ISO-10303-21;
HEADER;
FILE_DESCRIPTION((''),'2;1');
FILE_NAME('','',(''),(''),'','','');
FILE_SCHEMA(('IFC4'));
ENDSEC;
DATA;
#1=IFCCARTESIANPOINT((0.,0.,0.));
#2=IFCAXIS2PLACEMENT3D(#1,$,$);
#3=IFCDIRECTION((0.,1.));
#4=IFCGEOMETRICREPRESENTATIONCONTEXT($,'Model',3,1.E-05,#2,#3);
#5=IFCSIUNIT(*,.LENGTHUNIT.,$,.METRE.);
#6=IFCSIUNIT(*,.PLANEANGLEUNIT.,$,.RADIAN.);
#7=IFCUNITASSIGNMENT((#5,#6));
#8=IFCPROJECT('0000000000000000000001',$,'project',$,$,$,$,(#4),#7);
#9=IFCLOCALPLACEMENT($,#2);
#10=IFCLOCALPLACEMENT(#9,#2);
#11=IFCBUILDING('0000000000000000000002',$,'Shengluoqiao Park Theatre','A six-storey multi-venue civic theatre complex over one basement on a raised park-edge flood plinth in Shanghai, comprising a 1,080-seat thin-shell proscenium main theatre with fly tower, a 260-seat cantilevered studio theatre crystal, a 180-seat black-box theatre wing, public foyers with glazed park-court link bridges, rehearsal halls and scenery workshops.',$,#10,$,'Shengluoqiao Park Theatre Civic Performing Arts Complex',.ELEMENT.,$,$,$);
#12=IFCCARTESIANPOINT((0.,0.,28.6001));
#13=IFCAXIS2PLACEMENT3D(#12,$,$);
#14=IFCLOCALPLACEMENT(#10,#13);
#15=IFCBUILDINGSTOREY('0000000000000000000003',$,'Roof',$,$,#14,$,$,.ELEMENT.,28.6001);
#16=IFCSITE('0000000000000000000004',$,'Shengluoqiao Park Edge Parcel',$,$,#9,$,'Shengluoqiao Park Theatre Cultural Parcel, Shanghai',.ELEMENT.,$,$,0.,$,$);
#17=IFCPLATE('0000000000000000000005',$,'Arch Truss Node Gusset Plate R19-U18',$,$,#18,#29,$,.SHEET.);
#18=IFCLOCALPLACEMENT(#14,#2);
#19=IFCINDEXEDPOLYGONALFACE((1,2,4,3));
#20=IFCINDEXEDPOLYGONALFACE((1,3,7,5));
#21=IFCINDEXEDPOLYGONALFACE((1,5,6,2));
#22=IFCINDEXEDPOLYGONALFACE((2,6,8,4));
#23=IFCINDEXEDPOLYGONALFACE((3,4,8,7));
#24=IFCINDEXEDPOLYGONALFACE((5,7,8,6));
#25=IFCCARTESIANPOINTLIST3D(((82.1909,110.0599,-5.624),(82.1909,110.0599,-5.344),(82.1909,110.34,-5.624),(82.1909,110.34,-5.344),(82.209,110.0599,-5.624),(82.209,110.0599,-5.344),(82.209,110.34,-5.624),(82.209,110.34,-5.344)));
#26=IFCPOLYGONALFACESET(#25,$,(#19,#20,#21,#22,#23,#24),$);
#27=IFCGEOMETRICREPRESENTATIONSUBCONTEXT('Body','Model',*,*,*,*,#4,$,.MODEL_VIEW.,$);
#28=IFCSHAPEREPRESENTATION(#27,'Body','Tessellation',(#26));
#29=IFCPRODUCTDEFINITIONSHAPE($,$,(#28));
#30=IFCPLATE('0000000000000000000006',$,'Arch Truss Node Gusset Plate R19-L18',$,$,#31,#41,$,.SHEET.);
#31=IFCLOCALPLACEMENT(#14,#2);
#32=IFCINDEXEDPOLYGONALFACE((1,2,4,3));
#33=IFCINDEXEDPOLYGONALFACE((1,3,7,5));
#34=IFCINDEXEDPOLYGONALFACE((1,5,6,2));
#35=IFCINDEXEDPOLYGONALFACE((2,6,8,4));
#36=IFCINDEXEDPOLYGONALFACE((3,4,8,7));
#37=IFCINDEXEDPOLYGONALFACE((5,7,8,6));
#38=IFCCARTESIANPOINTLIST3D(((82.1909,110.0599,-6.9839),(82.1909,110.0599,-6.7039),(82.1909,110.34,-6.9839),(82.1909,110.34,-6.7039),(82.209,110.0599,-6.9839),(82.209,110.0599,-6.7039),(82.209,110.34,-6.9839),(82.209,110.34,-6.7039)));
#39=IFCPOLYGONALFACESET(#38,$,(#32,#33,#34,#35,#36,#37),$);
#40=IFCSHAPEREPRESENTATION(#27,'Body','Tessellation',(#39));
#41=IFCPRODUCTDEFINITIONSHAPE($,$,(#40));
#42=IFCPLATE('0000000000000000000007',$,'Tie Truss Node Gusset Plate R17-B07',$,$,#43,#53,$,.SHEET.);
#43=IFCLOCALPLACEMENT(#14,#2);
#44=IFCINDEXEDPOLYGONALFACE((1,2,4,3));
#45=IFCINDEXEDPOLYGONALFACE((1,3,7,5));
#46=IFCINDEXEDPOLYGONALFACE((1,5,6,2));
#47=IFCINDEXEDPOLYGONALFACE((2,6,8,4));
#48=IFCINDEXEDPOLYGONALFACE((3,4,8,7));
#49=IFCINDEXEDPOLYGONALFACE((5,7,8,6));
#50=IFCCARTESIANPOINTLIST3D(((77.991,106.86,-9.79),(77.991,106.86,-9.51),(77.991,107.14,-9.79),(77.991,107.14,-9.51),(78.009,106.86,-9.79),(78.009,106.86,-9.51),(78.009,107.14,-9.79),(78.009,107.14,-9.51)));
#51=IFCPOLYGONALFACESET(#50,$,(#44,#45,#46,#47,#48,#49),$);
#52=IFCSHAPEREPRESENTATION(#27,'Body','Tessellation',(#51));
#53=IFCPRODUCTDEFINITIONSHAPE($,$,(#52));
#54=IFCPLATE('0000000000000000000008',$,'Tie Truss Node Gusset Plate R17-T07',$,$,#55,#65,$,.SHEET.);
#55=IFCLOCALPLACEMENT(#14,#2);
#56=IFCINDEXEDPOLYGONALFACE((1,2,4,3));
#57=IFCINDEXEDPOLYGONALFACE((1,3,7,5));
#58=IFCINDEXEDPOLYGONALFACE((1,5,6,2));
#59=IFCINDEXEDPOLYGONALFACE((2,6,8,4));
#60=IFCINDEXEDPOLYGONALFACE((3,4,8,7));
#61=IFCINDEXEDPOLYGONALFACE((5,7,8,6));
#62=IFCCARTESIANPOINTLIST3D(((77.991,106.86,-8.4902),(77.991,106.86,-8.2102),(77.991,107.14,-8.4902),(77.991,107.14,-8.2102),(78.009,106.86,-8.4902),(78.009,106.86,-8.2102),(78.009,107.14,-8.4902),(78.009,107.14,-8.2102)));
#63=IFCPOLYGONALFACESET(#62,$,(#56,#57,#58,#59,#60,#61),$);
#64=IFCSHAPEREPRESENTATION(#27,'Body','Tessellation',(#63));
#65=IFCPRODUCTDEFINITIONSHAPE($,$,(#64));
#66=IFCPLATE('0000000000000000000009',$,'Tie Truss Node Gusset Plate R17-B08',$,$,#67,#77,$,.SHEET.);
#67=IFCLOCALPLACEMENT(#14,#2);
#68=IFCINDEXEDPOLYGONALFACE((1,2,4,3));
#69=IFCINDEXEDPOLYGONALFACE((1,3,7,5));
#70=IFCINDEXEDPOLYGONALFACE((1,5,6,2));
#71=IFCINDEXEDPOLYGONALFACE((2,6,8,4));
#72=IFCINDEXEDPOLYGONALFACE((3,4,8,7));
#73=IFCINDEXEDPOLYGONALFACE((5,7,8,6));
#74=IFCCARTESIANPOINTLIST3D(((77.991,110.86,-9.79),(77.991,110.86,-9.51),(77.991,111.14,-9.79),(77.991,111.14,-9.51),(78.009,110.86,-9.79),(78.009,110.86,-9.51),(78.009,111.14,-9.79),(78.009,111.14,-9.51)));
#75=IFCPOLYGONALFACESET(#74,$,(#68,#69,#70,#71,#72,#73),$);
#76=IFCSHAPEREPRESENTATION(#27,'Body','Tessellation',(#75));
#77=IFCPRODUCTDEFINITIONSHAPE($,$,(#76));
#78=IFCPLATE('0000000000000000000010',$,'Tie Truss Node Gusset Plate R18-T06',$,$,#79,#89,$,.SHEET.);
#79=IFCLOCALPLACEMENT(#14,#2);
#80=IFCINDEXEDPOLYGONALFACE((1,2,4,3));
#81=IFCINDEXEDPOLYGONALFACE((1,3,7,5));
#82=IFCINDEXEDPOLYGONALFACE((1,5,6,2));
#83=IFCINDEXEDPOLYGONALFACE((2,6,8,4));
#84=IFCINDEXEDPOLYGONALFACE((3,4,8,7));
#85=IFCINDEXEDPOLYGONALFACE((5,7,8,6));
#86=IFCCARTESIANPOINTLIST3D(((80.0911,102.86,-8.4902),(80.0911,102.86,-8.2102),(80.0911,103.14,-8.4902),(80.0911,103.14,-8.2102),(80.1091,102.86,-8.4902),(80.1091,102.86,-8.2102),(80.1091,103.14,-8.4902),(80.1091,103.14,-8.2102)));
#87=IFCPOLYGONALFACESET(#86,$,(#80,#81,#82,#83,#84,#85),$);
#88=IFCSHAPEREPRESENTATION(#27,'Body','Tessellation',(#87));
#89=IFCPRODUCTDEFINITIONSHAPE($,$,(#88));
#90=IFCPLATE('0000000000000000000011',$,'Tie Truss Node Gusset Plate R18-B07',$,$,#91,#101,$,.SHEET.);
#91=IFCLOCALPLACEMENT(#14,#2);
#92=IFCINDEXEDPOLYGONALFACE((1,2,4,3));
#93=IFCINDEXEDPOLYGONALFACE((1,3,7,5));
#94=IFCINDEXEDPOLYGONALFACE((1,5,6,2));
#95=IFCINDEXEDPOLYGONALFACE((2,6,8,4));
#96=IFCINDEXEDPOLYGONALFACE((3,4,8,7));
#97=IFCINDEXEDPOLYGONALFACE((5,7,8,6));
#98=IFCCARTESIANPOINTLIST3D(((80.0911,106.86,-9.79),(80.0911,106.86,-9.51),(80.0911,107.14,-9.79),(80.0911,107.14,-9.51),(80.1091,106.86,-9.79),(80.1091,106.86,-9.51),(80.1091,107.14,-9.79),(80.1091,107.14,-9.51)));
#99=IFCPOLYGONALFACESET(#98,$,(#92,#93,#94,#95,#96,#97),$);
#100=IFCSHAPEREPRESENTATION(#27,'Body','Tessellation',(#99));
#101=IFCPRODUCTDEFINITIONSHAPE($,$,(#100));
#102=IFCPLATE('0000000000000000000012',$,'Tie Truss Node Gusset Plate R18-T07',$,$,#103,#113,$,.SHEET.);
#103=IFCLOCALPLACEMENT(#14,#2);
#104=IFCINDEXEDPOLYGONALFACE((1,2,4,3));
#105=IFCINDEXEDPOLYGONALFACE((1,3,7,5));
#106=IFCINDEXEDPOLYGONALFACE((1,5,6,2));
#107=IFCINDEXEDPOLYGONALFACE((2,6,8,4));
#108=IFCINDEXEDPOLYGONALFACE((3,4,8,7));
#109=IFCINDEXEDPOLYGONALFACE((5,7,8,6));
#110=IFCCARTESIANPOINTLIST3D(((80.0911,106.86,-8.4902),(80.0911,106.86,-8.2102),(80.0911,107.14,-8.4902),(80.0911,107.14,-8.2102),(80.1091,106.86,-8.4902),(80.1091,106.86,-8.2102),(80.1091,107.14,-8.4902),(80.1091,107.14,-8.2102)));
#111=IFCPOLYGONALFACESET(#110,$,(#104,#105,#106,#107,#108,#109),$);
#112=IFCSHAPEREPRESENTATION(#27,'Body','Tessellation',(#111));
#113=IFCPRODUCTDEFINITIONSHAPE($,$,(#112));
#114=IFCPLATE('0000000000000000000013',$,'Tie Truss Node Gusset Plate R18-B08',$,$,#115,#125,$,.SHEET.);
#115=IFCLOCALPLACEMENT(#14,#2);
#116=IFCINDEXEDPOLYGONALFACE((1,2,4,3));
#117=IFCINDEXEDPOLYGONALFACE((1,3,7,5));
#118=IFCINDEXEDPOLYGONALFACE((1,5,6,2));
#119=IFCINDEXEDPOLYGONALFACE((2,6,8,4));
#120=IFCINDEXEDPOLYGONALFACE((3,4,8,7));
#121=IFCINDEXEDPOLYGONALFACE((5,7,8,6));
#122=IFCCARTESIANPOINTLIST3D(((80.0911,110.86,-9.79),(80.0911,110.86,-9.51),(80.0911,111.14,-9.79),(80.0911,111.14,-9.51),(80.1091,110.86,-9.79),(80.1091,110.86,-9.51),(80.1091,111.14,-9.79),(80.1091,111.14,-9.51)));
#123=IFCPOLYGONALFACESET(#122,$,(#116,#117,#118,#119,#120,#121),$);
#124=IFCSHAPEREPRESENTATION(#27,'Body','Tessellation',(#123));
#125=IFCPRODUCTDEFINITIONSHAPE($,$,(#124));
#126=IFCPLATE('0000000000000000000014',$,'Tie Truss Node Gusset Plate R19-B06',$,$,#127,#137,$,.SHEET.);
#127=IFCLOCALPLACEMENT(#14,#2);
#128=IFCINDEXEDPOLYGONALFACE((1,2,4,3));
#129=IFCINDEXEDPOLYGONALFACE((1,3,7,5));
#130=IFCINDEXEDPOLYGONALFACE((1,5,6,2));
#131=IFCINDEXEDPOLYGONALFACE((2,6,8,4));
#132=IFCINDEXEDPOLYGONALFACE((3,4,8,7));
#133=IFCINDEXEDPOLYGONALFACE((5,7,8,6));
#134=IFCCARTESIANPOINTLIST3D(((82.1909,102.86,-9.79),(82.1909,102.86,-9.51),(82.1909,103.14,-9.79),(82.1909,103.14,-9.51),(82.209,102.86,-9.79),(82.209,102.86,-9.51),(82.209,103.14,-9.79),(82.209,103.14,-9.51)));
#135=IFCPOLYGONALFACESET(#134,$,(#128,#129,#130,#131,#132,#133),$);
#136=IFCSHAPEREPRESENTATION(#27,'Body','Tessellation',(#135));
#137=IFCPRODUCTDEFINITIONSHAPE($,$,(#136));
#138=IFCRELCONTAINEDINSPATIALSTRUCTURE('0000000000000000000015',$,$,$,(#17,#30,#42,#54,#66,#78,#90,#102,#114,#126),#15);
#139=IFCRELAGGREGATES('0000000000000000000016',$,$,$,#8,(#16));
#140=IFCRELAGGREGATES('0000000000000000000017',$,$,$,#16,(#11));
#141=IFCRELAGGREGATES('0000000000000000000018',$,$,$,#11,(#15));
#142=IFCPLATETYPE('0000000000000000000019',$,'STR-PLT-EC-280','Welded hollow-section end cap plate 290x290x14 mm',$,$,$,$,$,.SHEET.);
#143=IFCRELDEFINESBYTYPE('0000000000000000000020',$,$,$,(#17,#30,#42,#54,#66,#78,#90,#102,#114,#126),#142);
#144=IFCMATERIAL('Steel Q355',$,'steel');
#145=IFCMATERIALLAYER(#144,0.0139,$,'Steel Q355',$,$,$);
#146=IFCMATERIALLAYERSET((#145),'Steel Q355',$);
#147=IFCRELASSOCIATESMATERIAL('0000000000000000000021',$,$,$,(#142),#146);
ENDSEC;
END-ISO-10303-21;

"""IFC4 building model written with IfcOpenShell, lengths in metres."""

from ifc_helpers import new_model, si_unit, direction, frame, origin, origin_2d, place, context, subcontext, project, spatial, rectangle, extrude, material, layer, layer_set, type_object, element, save


model = new_model("IFC4")

# Units and contexts
model_context = context("Model", 3, precision=1e-05, world=origin(), true_north=direction((0.0, 1.0)))
body_context = subcontext(model_context, "Body", "Model", "MODEL_VIEW")
ifc_project = project(units=[si_unit("LENGTHUNIT", "METRE"), si_unit("PLANEANGLEUNIT", "RADIAN")], contexts=[model_context])

# Site, building, storey
site_placement = place(None, origin())
site = spatial("IfcSite", under=ifc_project, at=site_placement, Name="Shengluoqiao Park Edge Parcel", LongName="Shengluoqiao Park Theatre Cultural Parcel, Shanghai", CompositionType="ELEMENT", RefElevation=0.0)
building_placement = place(site_placement, origin())
building = spatial("IfcBuilding", under=site, at=building_placement, Name="Shengluoqiao Park Theatre", Description="A six-storey multi-venue civic theatre complex over one basement on a raised park-edge flood plinth in Shanghai, comprising a 1,080-seat thin-shell proscenium main theatre with fly tower, a 260-seat cantilevered studio theatre crystal, a 180-seat black-box theatre wing, public foyers with glazed park-court link bridges, rehearsal halls and scenery workshops.", LongName="Shengluoqiao Park Theatre Civic Performing Arts Complex", CompositionType="ELEMENT")
storey_placement = place(building_placement, frame((0.0, 0.0, 28.6001)))
storey = spatial("IfcBuildingStorey", under=building, at=storey_placement, Name="Roof", CompositionType="ELEMENT", Elevation=28.6001)

# Shared definitions
ifc_material = material(Name="Steel Q355", Category="steel")

# Plates
ifc_layer = layer(ifc_material, 0.0139, Name="Steel Q355")
ifc_layer_set = layer_set([ifc_layer], Name="Steel Q355")
plate_type = type_object("IfcPlateType", Name="STR-PLT-EC-280", Description="Welded hollow-section end cap plate 290x290x14 mm", PredefinedType="SHEET", material=ifc_layer_set)
for number, where, z_axis, x_axis, name in (
    (1, (82.2, 110.2, -5.624), (0.0, 0.0, 1.0), (1.0, 0.0, 0.0), "Arch Truss Node Gusset Plate R19-U18"),
    (2, (82.2, 110.2, -6.9839), (0.0, 0.0, 1.0), (1.0, 0.0, 0.0), "Arch Truss Node Gusset Plate R19-L18"),
    (3, (78.0, 107.0, -9.79), (0.0, 0.0, 1.0), (1.0, 0.0, 0.0), "Tie Truss Node Gusset Plate R17-B07"),
    (4, (78.0, 107.0, -8.4902), (0.0, 0.0, 1.0), (1.0, 0.0, 0.0), "Tie Truss Node Gusset Plate R17-T07"),
    (5, (78.0, 111.0, -9.79), (0.0, 0.0, 1.0), (1.0, 0.0, 0.0), "Tie Truss Node Gusset Plate R17-B08"),
    (6, (80.1001, 103.0, -8.4902), (0.0, 0.0, 1.0), (1.0, 0.0, 0.0), "Tie Truss Node Gusset Plate R18-T06"),
    (7, (80.1001, 107.0, -9.79), (0.0, 0.0, 1.0), (1.0, 0.0, 0.0), "Tie Truss Node Gusset Plate R18-B07"),
    (8, (80.1001, 107.0, -8.4902), (0.0, 0.0, 1.0), (1.0, 0.0, 0.0), "Tie Truss Node Gusset Plate R18-T07"),
    (9, (80.1001, 111.0, -9.79), (0.0, 0.0, 1.0), (1.0, 0.0, 0.0), "Tie Truss Node Gusset Plate R18-B08"),
    (10, (82.2, 103.0, -9.79), (0.0, 0.0, 1.0), (1.0, 0.0, 0.0), "Tie Truss Node Gusset Plate R19-B06"),
):
    element("IfcPlate", number, at=place(storey_placement, frame(where, z_axis=z_axis, x_axis=x_axis)), inside=storey, type_object=plate_type, Name=name, PredefinedType="SHEET", context=body_context, shape_type="SweptSolid", body=[
        extrude(rectangle(XDim=0.0181, YDim=0.28, at=origin_2d()), origin(), (0.0, 0.0, 1.0), 0.28),
    ])

save(model, "model.ifc")
